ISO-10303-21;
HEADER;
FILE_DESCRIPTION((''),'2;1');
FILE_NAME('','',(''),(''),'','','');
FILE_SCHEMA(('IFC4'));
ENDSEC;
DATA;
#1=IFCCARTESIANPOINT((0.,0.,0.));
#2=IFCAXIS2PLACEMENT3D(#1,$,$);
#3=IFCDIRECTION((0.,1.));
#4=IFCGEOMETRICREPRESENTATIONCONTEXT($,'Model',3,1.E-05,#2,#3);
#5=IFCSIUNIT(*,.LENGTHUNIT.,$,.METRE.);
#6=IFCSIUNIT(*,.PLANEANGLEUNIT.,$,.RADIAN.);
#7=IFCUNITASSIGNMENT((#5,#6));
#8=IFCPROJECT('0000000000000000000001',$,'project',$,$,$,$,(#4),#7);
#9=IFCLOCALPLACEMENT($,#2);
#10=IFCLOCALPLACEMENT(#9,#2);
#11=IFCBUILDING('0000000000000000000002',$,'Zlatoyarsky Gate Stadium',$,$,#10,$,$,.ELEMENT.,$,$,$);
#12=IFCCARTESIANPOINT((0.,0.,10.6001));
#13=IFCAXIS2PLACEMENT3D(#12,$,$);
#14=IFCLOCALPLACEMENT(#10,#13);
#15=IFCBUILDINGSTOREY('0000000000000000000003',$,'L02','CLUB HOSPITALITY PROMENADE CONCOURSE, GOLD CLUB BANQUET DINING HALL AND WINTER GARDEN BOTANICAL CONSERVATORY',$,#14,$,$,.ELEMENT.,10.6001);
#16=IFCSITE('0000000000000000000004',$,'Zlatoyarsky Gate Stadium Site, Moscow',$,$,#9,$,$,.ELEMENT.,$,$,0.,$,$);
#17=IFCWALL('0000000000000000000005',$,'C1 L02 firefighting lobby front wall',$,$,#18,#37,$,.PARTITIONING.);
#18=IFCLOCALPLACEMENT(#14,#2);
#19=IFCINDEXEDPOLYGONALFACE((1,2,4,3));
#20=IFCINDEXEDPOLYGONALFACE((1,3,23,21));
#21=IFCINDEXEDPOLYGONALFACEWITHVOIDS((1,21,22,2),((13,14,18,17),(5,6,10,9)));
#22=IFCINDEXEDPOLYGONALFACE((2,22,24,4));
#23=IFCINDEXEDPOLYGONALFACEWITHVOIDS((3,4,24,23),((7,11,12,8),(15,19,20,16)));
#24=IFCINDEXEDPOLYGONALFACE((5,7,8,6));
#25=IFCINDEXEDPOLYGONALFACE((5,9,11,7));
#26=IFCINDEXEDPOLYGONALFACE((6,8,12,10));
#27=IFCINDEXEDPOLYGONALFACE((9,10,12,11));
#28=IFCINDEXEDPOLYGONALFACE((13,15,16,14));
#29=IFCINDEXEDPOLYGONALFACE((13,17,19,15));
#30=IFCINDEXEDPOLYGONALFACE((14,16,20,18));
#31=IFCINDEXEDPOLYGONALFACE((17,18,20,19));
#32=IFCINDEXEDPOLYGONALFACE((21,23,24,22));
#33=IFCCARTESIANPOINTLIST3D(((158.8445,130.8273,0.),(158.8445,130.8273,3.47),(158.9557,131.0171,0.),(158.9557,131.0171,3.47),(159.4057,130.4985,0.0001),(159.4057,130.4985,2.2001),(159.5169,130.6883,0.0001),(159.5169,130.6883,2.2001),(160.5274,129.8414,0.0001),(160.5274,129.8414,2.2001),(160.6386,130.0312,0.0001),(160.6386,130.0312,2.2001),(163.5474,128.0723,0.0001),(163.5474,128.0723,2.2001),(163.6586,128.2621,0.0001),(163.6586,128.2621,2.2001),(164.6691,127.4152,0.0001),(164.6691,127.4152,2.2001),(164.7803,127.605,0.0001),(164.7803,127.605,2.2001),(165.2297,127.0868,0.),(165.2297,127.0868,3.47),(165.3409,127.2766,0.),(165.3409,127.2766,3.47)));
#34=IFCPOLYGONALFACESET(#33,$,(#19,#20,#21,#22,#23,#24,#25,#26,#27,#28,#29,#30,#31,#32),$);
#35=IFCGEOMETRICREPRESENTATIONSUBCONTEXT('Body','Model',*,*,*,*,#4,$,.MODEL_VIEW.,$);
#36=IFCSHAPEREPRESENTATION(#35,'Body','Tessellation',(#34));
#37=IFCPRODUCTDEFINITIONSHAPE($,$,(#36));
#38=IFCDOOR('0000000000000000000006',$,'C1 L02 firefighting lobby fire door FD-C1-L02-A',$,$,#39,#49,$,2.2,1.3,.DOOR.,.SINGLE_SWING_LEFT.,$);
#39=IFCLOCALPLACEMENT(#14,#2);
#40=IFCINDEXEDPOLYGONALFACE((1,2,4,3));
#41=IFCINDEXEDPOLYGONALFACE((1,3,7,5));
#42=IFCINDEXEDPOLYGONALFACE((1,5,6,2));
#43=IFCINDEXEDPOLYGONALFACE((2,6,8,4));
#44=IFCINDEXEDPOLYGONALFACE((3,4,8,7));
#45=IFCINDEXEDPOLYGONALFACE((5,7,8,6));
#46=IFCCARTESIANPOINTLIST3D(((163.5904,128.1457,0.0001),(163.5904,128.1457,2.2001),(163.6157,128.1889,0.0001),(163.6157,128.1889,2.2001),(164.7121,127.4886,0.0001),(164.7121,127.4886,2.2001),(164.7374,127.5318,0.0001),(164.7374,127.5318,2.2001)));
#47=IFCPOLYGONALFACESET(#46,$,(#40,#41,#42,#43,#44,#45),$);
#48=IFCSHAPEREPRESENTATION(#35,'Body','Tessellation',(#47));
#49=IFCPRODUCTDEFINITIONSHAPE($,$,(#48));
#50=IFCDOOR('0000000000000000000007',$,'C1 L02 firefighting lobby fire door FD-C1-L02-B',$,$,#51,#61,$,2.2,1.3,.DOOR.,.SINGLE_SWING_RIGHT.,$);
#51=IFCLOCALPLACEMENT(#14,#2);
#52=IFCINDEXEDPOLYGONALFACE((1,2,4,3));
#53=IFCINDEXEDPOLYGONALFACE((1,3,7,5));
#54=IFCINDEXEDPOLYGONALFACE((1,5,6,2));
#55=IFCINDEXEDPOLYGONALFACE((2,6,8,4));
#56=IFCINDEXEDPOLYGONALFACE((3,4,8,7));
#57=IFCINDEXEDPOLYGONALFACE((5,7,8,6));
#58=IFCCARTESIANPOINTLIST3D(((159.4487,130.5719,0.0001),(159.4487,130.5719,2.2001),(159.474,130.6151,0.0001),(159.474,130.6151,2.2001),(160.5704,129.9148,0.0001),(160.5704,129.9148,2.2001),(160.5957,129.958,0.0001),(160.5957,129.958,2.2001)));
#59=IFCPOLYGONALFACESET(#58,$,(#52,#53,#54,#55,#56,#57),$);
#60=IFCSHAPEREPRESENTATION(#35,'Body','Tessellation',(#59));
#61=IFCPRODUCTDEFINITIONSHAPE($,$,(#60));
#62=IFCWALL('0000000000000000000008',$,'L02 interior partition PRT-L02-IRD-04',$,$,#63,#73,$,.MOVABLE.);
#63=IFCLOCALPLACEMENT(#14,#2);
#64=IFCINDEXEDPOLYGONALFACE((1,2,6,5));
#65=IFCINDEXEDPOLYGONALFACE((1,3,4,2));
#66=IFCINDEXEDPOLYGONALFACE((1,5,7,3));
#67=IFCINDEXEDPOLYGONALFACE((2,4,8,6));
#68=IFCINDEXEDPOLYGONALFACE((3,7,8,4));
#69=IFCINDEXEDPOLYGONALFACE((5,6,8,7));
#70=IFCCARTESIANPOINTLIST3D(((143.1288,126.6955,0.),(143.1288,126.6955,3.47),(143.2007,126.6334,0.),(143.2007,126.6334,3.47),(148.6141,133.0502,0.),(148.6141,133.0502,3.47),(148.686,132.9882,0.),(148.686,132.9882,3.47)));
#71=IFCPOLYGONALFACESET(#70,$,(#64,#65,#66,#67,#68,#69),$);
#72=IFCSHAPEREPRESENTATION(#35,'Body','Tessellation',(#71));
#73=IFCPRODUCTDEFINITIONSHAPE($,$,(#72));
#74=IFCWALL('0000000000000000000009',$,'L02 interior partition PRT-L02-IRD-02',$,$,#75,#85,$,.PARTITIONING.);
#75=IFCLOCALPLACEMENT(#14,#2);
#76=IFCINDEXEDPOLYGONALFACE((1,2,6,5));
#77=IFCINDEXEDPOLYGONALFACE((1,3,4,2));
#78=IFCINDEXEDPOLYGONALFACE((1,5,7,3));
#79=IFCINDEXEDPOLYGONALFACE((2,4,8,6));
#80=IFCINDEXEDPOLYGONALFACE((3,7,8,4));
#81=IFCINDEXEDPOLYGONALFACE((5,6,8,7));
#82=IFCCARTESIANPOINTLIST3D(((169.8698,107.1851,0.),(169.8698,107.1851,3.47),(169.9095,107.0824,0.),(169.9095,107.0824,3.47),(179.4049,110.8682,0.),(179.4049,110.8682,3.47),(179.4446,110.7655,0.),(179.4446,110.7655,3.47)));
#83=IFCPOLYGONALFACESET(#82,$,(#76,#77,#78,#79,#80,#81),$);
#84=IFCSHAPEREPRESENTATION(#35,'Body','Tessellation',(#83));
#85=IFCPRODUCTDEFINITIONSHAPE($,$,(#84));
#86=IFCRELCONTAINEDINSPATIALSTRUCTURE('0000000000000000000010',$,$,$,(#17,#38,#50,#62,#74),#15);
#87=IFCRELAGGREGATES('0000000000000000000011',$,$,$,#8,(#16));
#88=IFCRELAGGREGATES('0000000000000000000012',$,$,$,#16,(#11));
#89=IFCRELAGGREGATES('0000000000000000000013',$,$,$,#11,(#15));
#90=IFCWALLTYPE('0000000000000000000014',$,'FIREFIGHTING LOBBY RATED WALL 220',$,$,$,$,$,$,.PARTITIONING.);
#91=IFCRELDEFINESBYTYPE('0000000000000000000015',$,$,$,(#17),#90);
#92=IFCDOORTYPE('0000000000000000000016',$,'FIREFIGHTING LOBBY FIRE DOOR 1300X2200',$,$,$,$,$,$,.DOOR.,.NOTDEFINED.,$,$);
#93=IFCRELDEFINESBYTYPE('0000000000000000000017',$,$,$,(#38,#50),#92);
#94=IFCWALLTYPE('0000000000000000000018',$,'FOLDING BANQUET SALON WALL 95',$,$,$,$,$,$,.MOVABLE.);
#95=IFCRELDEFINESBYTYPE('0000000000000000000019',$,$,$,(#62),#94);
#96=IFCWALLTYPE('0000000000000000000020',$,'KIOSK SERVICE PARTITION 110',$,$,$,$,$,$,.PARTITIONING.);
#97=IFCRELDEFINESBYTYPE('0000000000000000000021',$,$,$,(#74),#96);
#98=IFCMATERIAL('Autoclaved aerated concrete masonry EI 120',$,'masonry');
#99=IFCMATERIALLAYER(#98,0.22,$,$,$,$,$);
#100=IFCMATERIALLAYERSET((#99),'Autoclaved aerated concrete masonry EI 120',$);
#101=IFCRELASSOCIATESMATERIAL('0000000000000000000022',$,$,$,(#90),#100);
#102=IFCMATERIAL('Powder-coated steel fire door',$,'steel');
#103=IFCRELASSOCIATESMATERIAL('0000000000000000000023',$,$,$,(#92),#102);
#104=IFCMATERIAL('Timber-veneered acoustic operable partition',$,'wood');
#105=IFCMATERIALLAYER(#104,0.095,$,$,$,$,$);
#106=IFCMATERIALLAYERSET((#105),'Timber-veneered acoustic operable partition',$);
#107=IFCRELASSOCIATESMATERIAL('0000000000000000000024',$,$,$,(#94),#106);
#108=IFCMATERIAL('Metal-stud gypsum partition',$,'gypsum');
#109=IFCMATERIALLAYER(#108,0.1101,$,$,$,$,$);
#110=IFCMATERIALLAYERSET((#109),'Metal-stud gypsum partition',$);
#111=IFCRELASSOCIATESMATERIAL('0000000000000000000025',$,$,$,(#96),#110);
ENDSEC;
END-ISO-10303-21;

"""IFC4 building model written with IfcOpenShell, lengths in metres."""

from ifc_helpers import new_model, si_unit, direction, frame, frame_2d, origin, place, context, subcontext, project, spatial, rectangle, extrude, material, layer, layer_set, type_object, element, fill, save


model = new_model("IFC4")

# Units and contexts
model_context = context("Model", 3, precision=1e-05, world=origin(), true_north=direction((0.0, 1.0)))
body_context = subcontext(model_context, "Body", "Model", "MODEL_VIEW")
ifc_project = project(units=[si_unit("LENGTHUNIT", "METRE"), si_unit("PLANEANGLEUNIT", "RADIAN")], contexts=[model_context])

# Site, building, storey
site_placement = place(None, origin())
site = spatial("IfcSite", under=ifc_project, at=site_placement, Name="Zlatoyarsky Gate Stadium Site, Moscow", CompositionType="ELEMENT", RefElevation=0.0)
building_placement = place(site_placement, origin())
building = spatial("IfcBuilding", under=site, at=building_placement, Name="Zlatoyarsky Gate Stadium", CompositionType="ELEMENT")
storey_placement = place(building_placement, frame((0.0, 0.0, 10.6001)))
storey = spatial("IfcBuildingStorey", under=building, at=storey_placement, Name="L02", Description="CLUB HOSPITALITY PROMENADE CONCOURSE, GOLD CLUB BANQUET DINING HALL AND WINTER GARDEN BOTANICAL CONSERVATORY", CompositionType="ELEMENT", Elevation=10.6001)

# Shared definitions
ifc_material_1 = material(Name="Powder-coated steel fire door", Category="steel")

# Shared definitions
ifc_material_2 = material(Name="Autoclaved aerated concrete masonry EI 120", Category="masonry")
ifc_layer_1 = layer(ifc_material_2, 0.22)
ifc_layer_set_1 = layer_set([ifc_layer_1], Name="Autoclaved aerated concrete masonry EI 120")
wall_type_1 = type_object("IfcWallType", Name="FIREFIGHTING LOBBY RATED WALL 220", PredefinedType="PARTITIONING", material=ifc_layer_set_1)

# Wall, openings, doors
wall_1_placement = place(storey_placement, frame((165.2854, 127.1816, 0.0), z_axis=(0.0, 0.0, 1.0), x_axis=(-0.862851, 0.505458, 0.0)))
wall_1 = element("IfcWall", 1, at=wall_1_placement, inside=storey, type_object=wall_type_1, Name="C1 L02 firefighting lobby front wall", PredefinedType="PARTITIONING", context=body_context, shape_type="SweptSolid", body=[
    extrude(rectangle(XDim=7.4001, YDim=0.22, at=frame_2d((3.7002, 0.0))), origin(), (0.0, 0.0, 1.0), 3.47),
])
opening_1_placement = place(wall_1_placement, frame((0.6499, 0.0, 0.0)))
opening_1 = element("IfcOpeningElement", 2, at=opening_1_placement, cuts=wall_1, PredefinedType="OPENING", context=body_context, shape_type="SweptSolid", body=[
    extrude(rectangle(XDim=1.3, YDim=2.2, at=frame_2d((0.6499, 1.1001))), frame((0.0, 0.1199, 0.0), z_axis=(0.0, -1.0, 0.0), x_axis=(1.0, 0.0, 0.0)), (0.0, 0.0, 1.0), 0.24),
])
opening_2_placement = place(wall_1_placement, frame((5.45, 0.0, 0.0)))
opening_2 = element("IfcOpeningElement", 3, at=opening_2_placement, cuts=wall_1, PredefinedType="OPENING", context=body_context, shape_type="SweptSolid", body=[
    extrude(rectangle(XDim=1.3, YDim=2.2, at=frame_2d((0.6499, 1.1001))), frame((0.0, 0.1199, 0.0), z_axis=(0.0, -1.0, 0.0), x_axis=(1.0, 0.0, 0.0)), (0.0, 0.0, 1.0), 0.24),
])
door_type_1 = type_object("IfcDoorType", Name="FIREFIGHTING LOBBY FIRE DOOR 1300X2200", OperationType="NOTDEFINED", PredefinedType="DOOR", material=ifc_material_1)
door_1_placement = place(opening_1_placement, origin())
door_1 = element("IfcDoor", 4, at=door_1_placement, inside=storey, type_object=door_type_1, Name="C1 L02 firefighting lobby fire door FD-C1-L02-A", OperationType="SINGLE_SWING_LEFT", OverallHeight=2.2, OverallWidth=1.3, PredefinedType="DOOR", context=body_context, shape_type="SweptSolid", body=[
    extrude(rectangle(XDim=1.3, YDim=2.2, at=frame_2d((0.6499, 1.1001))), frame((0.0, 0.0249, 0.0), z_axis=(0.0, -1.0, 0.0), x_axis=(1.0, 0.0, 0.0)), (0.0, 0.0, 1.0), 0.05),
])
fill(opening_1, door_1)
door_2_placement = place(opening_2_placement, origin())
door_2 = element("IfcDoor", 5, at=door_2_placement, inside=storey, type_object=door_type_1, Name="C1 L02 firefighting lobby fire door FD-C1-L02-B", OperationType="SINGLE_SWING_RIGHT", OverallHeight=2.2, OverallWidth=1.3, PredefinedType="DOOR", context=body_context, shape_type="SweptSolid", body=[
    extrude(rectangle(XDim=1.3, YDim=2.2, at=frame_2d((0.6499, 1.1001))), frame((0.0, 0.0249, 0.0), z_axis=(0.0, -1.0, 0.0), x_axis=(1.0, 0.0, 0.0)), (0.0, 0.0, 1.0), 0.05),
])
fill(opening_2, door_2)

# Walls
ifc_material_3 = material(Name="Timber-veneered acoustic operable partition", Category="wood")
ifc_layer_2 = layer(ifc_material_3, 0.095)
ifc_layer_set_2 = layer_set([ifc_layer_2], Name="Timber-veneered acoustic operable partition")
wall_type_2 = type_object("IfcWallType", Name="FOLDING BANQUET SALON WALL 95", PredefinedType="MOVABLE", material=ifc_layer_set_2)
wall_2_placement = place(storey_placement, frame((143.1648, 126.6646, 0.0), z_axis=(0.0, 0.0, 1.0), x_axis=(0.653427, 0.75699, 0.0)))
element("IfcWall", 6, at=wall_2_placement, inside=storey, type_object=wall_type_2, Name="L02 interior partition PRT-L02-IRD-04", PredefinedType="MOVABLE", context=body_context, shape_type="SweptSolid", body=[
    extrude(rectangle(XDim=8.3948, YDim=0.095, at=frame_2d((4.1973, 0.0))), origin(), (0.0, 0.0, 1.0), 3.47),
])
ifc_material_4 = material(Name="Metal-stud gypsum partition", Category="gypsum")
ifc_layer_3 = layer(ifc_material_4, 0.1101)
ifc_layer_set_3 = layer_set([ifc_layer_3], Name="Metal-stud gypsum partition")
wall_type_3 = type_object("IfcWallType", Name="KIOSK SERVICE PARTITION 110", PredefinedType="PARTITIONING", material=ifc_layer_set_3)
wall_3_placement = place(storey_placement, frame((169.8896, 107.1338, 0.0), z_axis=(0.0, 0.0, 1.0), x_axis=(0.932829, 0.36032, 0.0)))
element("IfcWall", 7, at=wall_3_placement, inside=storey, type_object=wall_type_3, Name="L02 interior partition PRT-L02-IRD-02", PredefinedType="PARTITIONING", context=body_context, shape_type="SweptSolid", body=[
    extrude(rectangle(XDim=10.2217, YDim=0.1101, at=frame_2d((5.1108, 0.0))), origin(), (0.0, 0.0, 1.0), 3.47),
])

save(model, "model.ifc")
